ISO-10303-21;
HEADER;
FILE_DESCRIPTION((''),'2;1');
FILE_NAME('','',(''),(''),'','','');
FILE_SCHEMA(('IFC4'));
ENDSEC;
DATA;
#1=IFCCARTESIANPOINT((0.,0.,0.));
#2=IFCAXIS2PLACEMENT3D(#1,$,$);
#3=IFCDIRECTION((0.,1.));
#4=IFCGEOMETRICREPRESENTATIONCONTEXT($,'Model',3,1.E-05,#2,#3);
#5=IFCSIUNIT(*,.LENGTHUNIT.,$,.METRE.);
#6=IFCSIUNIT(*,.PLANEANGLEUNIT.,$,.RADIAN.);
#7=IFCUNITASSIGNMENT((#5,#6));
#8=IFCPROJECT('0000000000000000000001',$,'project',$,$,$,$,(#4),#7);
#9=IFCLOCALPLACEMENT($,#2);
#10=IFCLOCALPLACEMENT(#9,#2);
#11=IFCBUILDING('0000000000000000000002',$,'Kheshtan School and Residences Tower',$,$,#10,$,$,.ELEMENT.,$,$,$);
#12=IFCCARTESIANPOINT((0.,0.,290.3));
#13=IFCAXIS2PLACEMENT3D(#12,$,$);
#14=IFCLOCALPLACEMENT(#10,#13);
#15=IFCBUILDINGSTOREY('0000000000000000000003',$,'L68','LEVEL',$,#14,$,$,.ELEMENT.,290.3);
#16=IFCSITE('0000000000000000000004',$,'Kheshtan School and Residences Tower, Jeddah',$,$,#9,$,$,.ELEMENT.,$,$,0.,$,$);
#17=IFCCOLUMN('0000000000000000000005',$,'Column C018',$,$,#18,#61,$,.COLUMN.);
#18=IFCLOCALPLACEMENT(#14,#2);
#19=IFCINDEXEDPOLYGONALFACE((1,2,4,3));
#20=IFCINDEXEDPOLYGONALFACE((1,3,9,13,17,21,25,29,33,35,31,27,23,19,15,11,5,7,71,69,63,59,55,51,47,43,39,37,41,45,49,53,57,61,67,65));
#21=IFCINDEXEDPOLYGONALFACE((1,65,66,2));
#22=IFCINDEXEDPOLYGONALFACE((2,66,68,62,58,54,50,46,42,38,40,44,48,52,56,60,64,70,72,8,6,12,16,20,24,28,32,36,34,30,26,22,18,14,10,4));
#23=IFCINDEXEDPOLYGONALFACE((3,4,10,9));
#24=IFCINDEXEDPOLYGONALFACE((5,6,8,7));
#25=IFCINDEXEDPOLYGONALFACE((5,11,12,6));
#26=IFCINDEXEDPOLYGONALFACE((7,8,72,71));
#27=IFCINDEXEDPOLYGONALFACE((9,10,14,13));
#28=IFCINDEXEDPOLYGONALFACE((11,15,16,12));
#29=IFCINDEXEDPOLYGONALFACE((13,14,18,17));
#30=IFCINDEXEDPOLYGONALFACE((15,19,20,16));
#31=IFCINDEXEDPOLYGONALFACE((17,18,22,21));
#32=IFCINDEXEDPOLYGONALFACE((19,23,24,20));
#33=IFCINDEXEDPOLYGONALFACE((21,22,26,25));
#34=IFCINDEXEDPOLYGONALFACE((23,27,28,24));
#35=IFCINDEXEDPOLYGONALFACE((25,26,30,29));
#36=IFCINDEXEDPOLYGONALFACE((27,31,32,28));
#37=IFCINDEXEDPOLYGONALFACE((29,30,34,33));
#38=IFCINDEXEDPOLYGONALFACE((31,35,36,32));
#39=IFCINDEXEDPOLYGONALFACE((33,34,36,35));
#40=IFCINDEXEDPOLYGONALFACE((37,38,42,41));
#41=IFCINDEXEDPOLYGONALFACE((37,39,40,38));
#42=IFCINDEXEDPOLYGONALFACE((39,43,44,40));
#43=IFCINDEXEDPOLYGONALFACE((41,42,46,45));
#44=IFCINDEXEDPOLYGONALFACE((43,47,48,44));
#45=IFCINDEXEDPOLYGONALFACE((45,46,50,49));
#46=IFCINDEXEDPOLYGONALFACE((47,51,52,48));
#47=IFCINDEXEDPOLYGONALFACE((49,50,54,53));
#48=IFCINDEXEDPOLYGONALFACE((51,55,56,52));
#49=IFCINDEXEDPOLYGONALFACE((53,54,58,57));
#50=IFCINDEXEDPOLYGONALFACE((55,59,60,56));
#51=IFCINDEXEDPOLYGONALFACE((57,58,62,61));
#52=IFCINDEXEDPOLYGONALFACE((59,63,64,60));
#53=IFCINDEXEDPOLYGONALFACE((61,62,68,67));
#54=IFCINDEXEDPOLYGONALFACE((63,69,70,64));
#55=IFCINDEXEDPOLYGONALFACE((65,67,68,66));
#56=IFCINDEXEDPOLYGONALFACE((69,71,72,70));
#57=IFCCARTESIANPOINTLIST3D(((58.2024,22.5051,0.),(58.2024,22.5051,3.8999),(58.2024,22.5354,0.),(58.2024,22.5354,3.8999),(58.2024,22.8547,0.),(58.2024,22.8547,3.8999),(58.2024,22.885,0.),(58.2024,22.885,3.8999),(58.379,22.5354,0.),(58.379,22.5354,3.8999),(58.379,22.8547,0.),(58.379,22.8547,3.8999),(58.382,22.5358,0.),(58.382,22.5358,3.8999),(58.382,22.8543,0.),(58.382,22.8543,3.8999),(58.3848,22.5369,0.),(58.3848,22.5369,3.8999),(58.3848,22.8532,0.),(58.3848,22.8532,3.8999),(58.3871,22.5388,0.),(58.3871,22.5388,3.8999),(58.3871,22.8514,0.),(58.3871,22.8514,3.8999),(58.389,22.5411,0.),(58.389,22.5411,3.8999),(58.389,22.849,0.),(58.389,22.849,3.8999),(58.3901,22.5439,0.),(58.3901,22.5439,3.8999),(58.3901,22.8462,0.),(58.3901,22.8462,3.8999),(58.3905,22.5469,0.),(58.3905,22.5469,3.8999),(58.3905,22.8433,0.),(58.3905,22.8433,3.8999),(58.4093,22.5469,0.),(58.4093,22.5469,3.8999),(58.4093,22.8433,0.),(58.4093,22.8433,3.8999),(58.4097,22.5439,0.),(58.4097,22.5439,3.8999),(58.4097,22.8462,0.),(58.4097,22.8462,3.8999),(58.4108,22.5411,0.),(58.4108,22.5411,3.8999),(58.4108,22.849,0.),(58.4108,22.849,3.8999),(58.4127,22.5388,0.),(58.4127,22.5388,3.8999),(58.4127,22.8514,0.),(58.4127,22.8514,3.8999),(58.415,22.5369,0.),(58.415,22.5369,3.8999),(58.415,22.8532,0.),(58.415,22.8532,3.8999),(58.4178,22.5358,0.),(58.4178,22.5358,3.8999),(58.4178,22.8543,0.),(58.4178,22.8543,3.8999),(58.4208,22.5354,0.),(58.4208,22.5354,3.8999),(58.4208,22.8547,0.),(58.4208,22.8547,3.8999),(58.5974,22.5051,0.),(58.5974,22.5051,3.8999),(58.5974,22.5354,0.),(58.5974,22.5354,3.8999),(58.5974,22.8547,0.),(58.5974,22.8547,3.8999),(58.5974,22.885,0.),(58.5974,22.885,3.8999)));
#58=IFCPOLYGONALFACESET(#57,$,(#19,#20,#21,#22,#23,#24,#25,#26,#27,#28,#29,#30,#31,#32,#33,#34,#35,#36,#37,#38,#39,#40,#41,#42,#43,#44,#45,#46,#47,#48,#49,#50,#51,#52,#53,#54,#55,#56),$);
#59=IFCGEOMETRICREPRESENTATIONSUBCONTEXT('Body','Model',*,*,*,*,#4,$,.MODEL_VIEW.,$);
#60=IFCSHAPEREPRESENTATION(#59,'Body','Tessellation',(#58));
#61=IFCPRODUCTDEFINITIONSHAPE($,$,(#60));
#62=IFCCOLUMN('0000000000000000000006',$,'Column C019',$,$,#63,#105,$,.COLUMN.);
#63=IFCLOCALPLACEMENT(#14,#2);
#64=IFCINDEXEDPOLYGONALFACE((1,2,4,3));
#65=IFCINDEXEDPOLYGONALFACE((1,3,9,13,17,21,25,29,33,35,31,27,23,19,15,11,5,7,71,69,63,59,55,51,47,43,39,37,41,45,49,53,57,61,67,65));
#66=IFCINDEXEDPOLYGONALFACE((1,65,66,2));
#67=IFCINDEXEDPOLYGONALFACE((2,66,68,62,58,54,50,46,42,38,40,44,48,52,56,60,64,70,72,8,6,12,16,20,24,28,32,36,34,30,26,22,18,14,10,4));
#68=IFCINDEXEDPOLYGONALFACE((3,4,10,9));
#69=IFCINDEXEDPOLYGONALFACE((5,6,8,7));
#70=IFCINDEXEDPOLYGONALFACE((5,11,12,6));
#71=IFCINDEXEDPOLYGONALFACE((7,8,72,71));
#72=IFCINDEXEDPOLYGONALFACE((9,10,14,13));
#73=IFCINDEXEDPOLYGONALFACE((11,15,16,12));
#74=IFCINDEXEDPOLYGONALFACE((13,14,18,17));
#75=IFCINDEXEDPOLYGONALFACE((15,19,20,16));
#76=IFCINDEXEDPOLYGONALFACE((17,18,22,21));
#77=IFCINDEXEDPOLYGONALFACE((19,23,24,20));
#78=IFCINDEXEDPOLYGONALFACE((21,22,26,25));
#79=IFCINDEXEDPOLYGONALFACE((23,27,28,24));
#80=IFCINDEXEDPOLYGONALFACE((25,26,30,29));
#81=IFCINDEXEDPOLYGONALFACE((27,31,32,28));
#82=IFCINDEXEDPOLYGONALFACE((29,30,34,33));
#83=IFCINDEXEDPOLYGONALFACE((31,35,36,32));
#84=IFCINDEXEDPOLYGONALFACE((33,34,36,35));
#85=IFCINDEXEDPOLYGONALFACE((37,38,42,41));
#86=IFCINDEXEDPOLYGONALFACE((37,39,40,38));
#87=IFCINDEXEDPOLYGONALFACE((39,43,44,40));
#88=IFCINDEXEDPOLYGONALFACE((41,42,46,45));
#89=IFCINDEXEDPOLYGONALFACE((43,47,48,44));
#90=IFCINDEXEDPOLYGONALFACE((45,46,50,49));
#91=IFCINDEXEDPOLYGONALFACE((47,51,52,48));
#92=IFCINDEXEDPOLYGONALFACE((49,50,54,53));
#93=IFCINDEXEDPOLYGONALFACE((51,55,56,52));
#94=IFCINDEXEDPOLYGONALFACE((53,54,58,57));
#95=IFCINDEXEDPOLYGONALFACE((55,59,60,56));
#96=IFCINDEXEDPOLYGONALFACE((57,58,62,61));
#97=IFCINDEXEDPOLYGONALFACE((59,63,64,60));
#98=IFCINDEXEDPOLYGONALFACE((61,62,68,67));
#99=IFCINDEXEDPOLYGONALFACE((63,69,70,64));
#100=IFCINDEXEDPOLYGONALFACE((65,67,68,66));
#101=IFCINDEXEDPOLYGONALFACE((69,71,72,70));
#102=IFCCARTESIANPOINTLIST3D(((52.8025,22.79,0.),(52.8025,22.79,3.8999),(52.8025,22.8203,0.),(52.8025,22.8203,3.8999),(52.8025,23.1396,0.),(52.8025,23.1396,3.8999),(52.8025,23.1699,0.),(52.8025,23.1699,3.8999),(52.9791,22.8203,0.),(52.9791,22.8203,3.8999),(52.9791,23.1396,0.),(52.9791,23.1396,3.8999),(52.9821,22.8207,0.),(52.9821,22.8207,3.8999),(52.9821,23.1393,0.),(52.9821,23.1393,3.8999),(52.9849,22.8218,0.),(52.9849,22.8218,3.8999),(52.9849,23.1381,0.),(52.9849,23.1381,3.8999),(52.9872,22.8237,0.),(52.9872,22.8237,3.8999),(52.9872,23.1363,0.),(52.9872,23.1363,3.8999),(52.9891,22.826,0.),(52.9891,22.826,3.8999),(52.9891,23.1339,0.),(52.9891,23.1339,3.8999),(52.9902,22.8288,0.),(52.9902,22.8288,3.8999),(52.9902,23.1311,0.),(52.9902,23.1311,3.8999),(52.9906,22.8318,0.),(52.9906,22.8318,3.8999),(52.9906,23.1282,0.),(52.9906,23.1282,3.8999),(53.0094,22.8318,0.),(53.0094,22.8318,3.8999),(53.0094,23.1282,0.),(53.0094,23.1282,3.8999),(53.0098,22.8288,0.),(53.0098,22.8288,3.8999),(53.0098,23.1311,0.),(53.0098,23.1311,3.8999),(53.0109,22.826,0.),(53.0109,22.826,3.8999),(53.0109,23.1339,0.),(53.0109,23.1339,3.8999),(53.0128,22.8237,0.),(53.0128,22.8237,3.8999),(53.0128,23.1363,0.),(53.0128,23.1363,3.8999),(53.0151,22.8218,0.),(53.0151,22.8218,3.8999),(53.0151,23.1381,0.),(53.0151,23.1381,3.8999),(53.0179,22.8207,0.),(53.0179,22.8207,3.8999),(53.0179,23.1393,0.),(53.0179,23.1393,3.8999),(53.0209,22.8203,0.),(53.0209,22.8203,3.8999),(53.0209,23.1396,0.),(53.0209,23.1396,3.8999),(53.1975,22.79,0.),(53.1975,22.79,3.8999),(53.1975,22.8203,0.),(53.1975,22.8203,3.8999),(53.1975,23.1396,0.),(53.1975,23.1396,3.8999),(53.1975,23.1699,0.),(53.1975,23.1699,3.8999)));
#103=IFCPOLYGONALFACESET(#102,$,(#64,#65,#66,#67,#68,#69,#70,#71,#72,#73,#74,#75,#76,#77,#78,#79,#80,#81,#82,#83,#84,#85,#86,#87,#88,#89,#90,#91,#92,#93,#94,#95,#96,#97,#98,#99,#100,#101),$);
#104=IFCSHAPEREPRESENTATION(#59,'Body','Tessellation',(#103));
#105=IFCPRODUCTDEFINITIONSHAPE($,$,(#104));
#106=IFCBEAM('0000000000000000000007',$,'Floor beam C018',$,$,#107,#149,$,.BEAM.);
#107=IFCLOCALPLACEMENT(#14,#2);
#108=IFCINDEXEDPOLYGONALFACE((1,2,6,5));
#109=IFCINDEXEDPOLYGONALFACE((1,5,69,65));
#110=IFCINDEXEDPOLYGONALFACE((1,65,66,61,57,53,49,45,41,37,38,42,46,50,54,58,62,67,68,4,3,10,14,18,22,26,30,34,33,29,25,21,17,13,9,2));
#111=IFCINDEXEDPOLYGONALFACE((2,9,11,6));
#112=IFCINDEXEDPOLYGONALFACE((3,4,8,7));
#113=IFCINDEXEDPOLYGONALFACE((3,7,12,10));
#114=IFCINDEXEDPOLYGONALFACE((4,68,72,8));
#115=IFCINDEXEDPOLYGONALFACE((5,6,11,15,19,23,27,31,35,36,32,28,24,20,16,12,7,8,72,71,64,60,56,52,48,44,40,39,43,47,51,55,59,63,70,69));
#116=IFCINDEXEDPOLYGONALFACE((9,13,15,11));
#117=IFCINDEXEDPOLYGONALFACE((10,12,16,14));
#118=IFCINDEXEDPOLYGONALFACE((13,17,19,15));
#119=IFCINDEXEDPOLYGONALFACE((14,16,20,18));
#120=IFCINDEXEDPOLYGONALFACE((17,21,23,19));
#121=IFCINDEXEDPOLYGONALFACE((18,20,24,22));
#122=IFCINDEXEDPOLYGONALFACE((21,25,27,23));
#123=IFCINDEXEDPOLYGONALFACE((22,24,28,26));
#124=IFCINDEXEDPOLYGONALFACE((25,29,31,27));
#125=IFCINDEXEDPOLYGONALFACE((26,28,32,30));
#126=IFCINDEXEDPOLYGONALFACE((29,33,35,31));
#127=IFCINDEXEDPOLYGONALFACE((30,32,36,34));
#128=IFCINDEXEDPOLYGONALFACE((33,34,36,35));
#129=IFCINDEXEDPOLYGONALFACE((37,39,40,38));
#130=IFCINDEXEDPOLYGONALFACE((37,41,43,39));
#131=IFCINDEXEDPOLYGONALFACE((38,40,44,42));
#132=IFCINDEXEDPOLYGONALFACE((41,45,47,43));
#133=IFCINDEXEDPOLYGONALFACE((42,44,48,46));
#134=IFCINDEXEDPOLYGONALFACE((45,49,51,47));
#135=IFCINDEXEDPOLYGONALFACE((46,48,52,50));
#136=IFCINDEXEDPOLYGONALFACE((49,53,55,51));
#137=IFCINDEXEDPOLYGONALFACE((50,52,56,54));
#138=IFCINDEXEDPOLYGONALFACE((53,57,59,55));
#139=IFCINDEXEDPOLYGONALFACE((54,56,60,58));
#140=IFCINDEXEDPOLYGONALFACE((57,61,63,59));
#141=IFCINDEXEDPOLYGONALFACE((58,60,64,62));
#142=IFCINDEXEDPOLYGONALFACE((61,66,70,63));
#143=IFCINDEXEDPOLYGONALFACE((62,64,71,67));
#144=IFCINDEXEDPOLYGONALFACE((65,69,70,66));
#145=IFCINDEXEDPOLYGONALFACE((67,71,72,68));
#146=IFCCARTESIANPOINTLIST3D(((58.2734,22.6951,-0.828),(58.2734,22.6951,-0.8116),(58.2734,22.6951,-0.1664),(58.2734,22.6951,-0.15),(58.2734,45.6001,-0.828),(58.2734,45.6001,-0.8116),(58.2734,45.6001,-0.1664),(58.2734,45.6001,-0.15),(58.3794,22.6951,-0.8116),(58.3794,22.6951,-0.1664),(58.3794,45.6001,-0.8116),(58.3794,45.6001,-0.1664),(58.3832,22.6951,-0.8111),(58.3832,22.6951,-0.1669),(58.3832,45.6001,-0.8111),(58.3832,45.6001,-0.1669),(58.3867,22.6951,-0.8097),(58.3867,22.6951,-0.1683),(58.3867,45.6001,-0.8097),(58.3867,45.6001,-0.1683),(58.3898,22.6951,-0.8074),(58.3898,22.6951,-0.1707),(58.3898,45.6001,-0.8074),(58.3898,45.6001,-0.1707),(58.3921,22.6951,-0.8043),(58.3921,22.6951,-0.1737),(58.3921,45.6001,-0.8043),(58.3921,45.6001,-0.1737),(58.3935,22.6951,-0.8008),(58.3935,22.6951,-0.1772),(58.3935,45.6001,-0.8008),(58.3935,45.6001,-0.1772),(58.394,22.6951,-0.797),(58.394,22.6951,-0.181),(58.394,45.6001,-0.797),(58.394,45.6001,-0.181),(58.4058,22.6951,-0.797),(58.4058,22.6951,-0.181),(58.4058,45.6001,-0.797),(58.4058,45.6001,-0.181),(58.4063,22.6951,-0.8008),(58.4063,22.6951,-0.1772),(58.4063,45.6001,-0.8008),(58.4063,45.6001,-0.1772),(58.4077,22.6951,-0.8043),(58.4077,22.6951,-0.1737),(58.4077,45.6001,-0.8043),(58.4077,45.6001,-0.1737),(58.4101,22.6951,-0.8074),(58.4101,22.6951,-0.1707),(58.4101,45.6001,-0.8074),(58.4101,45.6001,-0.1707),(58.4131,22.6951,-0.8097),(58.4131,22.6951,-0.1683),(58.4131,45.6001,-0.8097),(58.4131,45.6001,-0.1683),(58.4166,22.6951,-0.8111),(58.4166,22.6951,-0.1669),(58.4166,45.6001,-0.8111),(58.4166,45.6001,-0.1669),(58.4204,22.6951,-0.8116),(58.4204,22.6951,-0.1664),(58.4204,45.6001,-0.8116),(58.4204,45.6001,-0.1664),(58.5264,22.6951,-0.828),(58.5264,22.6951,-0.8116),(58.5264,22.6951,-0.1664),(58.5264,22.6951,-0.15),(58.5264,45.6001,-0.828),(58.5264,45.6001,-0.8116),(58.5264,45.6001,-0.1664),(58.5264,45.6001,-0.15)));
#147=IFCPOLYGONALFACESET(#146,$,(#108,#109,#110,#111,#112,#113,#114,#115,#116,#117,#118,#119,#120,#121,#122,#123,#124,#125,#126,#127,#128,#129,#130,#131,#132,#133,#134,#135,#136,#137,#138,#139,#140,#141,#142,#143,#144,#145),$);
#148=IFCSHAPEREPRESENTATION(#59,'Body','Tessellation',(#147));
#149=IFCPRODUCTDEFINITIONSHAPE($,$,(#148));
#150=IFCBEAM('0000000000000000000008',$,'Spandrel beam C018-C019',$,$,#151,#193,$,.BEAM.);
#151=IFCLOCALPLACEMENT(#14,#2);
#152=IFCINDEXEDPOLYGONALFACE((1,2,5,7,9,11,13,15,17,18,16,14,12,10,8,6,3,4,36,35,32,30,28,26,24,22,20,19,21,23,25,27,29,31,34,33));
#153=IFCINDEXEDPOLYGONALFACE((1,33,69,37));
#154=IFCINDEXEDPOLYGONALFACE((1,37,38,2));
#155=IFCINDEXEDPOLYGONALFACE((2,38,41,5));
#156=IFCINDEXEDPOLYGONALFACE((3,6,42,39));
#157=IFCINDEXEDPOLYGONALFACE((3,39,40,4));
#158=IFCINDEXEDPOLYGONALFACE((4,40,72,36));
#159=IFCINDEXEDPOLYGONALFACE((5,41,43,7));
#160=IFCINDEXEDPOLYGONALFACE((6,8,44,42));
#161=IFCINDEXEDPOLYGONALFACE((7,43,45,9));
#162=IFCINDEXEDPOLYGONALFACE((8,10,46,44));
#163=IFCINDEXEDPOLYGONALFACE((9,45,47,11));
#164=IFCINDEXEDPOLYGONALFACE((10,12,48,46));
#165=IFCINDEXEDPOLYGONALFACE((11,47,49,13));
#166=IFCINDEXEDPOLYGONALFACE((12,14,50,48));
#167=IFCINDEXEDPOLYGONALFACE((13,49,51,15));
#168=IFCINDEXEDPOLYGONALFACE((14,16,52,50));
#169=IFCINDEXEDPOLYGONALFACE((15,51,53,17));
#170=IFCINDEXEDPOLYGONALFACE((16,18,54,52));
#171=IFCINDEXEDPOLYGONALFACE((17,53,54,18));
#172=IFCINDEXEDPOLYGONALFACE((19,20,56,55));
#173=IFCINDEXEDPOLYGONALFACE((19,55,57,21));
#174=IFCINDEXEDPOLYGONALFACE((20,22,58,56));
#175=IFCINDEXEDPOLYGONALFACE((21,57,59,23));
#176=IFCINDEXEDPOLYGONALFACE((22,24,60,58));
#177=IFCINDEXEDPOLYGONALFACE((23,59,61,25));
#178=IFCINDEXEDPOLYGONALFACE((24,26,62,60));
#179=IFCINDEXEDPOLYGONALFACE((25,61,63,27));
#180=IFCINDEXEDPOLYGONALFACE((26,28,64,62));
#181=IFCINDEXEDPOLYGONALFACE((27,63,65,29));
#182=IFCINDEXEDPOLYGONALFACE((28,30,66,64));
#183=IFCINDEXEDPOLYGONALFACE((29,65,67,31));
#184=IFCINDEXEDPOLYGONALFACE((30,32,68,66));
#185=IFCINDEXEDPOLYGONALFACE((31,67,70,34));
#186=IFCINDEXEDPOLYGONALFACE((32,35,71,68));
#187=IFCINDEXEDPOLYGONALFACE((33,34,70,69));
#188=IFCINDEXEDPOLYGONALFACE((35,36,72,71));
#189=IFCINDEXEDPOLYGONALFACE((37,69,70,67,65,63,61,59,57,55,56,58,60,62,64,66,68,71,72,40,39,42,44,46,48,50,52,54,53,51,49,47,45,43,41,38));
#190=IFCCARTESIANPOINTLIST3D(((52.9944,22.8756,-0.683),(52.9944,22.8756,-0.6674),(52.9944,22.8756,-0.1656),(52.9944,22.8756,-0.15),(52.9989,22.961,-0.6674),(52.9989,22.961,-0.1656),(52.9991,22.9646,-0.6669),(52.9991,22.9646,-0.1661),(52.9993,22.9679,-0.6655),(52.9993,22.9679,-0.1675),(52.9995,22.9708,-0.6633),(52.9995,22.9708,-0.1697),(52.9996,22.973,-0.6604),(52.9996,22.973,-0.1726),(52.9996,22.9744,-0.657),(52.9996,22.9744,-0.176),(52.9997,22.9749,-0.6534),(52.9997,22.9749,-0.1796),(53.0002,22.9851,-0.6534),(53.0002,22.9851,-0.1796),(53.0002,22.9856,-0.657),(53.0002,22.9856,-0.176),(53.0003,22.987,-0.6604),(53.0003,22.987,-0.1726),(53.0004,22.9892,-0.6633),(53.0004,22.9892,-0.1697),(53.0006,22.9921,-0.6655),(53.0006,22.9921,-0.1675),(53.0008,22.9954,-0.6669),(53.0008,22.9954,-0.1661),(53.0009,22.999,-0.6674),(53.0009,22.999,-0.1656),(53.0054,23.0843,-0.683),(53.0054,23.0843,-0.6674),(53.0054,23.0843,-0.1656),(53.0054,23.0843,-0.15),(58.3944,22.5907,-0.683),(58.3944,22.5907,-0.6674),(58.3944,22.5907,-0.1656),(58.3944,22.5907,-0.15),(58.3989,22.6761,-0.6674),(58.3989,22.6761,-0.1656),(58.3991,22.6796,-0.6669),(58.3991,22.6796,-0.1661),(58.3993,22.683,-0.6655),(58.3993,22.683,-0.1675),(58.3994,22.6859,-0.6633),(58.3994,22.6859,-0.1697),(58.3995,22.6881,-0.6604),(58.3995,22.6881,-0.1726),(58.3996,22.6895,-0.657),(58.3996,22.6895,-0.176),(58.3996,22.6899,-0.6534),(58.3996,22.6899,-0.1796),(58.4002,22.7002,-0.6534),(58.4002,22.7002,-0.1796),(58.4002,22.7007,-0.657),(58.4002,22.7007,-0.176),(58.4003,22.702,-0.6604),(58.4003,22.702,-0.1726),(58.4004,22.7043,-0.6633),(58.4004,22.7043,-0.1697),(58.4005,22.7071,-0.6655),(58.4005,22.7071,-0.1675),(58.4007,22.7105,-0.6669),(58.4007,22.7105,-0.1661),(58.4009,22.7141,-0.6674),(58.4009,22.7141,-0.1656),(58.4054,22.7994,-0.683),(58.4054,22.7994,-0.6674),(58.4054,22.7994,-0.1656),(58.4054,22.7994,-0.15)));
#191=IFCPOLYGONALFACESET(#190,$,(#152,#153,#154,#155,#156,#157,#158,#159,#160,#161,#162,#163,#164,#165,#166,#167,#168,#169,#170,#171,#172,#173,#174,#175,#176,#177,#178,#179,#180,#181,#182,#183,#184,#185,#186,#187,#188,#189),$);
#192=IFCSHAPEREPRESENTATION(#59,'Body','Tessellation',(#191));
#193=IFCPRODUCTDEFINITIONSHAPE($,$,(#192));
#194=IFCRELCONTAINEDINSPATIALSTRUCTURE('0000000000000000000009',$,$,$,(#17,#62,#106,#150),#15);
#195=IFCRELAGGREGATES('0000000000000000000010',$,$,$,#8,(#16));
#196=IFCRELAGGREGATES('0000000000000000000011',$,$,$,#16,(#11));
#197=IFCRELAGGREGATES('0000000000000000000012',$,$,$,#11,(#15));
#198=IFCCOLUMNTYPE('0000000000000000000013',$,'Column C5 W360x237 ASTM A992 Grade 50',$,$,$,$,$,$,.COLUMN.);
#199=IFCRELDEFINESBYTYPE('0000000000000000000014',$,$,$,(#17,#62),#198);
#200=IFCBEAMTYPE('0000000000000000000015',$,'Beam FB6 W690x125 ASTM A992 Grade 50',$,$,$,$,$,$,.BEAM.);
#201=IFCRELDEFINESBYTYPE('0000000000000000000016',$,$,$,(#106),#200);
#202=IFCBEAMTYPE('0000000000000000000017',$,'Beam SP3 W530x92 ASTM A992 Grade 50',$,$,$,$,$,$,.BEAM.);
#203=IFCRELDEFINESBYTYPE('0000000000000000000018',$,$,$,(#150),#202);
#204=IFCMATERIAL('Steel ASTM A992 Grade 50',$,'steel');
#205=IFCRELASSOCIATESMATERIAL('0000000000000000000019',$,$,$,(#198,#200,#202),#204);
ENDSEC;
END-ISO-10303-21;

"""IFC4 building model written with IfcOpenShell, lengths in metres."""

from ifc_helpers import new_model, si_unit, direction, frame, origin, origin_2d, place, context, subcontext, project, spatial, i_section, extrude, material, material_profile, profile_set, type_object, element, save


model = new_model("IFC4")

# Units and contexts
model_context = context("Model", 3, precision=1e-05, world=origin(), true_north=direction((0.0, 1.0)))
body_context = subcontext(model_context, "Body", "Model", "MODEL_VIEW")
ifc_project = project(units=[si_unit("LENGTHUNIT", "METRE"), si_unit("PLANEANGLEUNIT", "RADIAN")], contexts=[model_context])

# Site, building, storey
site_placement = place(None, origin())
site = spatial("IfcSite", under=ifc_project, at=site_placement, Name="Kheshtan School and Residences Tower, Jeddah", CompositionType="ELEMENT", RefElevation=0.0)
building_placement = place(site_placement, origin())
building = spatial("IfcBuilding", under=site, at=building_placement, Name="Kheshtan School and Residences Tower", CompositionType="ELEMENT")
storey_placement = place(building_placement, frame((0.0, 0.0, 290.3)))
storey = spatial("IfcBuildingStorey", under=building, at=storey_placement, Name="L68", Description="LEVEL", CompositionType="ELEMENT", Elevation=290.3)

# Columns
ifc_material_1 = material(Name="Steel ASTM A992 Grade 50", Category="steel")
ifc_material_profile_1 = material_profile(ifc_material_1, i_section(OverallWidth=0.395, OverallDepth=0.3799, WebThickness=0.0188, FlangeThickness=0.0303, FilletRadius=0.0115, at=origin_2d()), Name="W360x237")
ifc_profile_set_1 = profile_set([ifc_material_profile_1], Name="Steel ASTM A992 Grade 50")
column_type = type_object("IfcColumnType", Name="Column C5 W360x237 ASTM A992 Grade 50", PredefinedType="COLUMN", material=ifc_profile_set_1)
for number, where, z_axis, x_axis, name in (
    (1, (58.3999, 22.6951, 0.0), (0.0, 0.0, 1.0), (1.0, 0.0, 0.0), "Column C018"),
    (2, (53.0, 22.98, 0.0), (0.0, 0.0, 1.0), (1.0, 0.0, 0.0), "Column C019"),
):
    element("IfcColumn", number, at=place(storey_placement, frame(where, z_axis=z_axis, x_axis=x_axis)), inside=storey, type_object=column_type, Name=name, PredefinedType="COLUMN", context=body_context, shape_type="SweptSolid", body=[
        extrude(i_section(OverallWidth=0.395, OverallDepth=0.3799, WebThickness=0.0188, FlangeThickness=0.0303, FilletRadius=0.0115, at=origin_2d()), origin(), (0.0, 0.0, 1.0), 3.8999),
    ])

# Beams
ifc_material_profile_2 = material_profile(ifc_material_1, i_section(OverallWidth=0.2529, OverallDepth=0.678, WebThickness=0.0117, FlangeThickness=0.0164, FilletRadius=0.0146, at=origin_2d()), Name="W690x125")
ifc_profile_set_2 = profile_set([ifc_material_profile_2], Name="Steel ASTM A992 Grade 50")
beam_type_1 = type_object("IfcBeamType", Name="Beam FB6 W690x125 ASTM A992 Grade 50", PredefinedType="BEAM", material=ifc_profile_set_2)
beam_placement = place(storey_placement, frame((58.3999, 22.6951, -0.489), z_axis=(0.0, 1.0, 0.0), x_axis=(-1.0, 0.0, 0.0)))
element("IfcBeam", 3, at=beam_placement, inside=storey, type_object=beam_type_1, Name="Floor beam C018", PredefinedType="BEAM", context=body_context, shape_type="SweptSolid", body=[
    extrude(i_section(OverallWidth=0.2529, OverallDepth=0.678, WebThickness=0.0117, FlangeThickness=0.0164, FilletRadius=0.0146, at=origin_2d()), origin(), (0.0, 0.0, 1.0), 22.905),
])
ifc_material_profile_3 = material_profile(ifc_material_1, i_section(OverallWidth=0.209, OverallDepth=0.533, WebThickness=0.0103, FlangeThickness=0.0156, FilletRadius=0.0139, at=origin_2d()), Name="W530x92")
ifc_profile_set_3 = profile_set([ifc_material_profile_3], Name="Steel ASTM A992 Grade 50")
beam_type_2 = type_object("IfcBeamType", Name="Beam SP3 W530x92 ASTM A992 Grade 50", PredefinedType="BEAM", material=ifc_profile_set_3)
for number, where, z_axis, x_axis, name in (
    (4, (58.3999, 22.6951, -0.4165), (-0.998611, 0.052689, 0.0), (-0.052689, -0.998611, 0.0), "Spandrel beam C018-C019"),
):
    element("IfcBeam", number, at=place(storey_placement, frame(where, z_axis=z_axis, x_axis=x_axis)), inside=storey, type_object=beam_type_2, Name=name, PredefinedType="BEAM", context=body_context, shape_type="SweptSolid", body=[
        extrude(i_section(OverallWidth=0.209, OverallDepth=0.533, WebThickness=0.0103, FlangeThickness=0.0156, FilletRadius=0.0139, at=origin_2d()), origin(), (0.0, 0.0, 1.0), 5.4075),
    ])

save(model, "model.ifc")
